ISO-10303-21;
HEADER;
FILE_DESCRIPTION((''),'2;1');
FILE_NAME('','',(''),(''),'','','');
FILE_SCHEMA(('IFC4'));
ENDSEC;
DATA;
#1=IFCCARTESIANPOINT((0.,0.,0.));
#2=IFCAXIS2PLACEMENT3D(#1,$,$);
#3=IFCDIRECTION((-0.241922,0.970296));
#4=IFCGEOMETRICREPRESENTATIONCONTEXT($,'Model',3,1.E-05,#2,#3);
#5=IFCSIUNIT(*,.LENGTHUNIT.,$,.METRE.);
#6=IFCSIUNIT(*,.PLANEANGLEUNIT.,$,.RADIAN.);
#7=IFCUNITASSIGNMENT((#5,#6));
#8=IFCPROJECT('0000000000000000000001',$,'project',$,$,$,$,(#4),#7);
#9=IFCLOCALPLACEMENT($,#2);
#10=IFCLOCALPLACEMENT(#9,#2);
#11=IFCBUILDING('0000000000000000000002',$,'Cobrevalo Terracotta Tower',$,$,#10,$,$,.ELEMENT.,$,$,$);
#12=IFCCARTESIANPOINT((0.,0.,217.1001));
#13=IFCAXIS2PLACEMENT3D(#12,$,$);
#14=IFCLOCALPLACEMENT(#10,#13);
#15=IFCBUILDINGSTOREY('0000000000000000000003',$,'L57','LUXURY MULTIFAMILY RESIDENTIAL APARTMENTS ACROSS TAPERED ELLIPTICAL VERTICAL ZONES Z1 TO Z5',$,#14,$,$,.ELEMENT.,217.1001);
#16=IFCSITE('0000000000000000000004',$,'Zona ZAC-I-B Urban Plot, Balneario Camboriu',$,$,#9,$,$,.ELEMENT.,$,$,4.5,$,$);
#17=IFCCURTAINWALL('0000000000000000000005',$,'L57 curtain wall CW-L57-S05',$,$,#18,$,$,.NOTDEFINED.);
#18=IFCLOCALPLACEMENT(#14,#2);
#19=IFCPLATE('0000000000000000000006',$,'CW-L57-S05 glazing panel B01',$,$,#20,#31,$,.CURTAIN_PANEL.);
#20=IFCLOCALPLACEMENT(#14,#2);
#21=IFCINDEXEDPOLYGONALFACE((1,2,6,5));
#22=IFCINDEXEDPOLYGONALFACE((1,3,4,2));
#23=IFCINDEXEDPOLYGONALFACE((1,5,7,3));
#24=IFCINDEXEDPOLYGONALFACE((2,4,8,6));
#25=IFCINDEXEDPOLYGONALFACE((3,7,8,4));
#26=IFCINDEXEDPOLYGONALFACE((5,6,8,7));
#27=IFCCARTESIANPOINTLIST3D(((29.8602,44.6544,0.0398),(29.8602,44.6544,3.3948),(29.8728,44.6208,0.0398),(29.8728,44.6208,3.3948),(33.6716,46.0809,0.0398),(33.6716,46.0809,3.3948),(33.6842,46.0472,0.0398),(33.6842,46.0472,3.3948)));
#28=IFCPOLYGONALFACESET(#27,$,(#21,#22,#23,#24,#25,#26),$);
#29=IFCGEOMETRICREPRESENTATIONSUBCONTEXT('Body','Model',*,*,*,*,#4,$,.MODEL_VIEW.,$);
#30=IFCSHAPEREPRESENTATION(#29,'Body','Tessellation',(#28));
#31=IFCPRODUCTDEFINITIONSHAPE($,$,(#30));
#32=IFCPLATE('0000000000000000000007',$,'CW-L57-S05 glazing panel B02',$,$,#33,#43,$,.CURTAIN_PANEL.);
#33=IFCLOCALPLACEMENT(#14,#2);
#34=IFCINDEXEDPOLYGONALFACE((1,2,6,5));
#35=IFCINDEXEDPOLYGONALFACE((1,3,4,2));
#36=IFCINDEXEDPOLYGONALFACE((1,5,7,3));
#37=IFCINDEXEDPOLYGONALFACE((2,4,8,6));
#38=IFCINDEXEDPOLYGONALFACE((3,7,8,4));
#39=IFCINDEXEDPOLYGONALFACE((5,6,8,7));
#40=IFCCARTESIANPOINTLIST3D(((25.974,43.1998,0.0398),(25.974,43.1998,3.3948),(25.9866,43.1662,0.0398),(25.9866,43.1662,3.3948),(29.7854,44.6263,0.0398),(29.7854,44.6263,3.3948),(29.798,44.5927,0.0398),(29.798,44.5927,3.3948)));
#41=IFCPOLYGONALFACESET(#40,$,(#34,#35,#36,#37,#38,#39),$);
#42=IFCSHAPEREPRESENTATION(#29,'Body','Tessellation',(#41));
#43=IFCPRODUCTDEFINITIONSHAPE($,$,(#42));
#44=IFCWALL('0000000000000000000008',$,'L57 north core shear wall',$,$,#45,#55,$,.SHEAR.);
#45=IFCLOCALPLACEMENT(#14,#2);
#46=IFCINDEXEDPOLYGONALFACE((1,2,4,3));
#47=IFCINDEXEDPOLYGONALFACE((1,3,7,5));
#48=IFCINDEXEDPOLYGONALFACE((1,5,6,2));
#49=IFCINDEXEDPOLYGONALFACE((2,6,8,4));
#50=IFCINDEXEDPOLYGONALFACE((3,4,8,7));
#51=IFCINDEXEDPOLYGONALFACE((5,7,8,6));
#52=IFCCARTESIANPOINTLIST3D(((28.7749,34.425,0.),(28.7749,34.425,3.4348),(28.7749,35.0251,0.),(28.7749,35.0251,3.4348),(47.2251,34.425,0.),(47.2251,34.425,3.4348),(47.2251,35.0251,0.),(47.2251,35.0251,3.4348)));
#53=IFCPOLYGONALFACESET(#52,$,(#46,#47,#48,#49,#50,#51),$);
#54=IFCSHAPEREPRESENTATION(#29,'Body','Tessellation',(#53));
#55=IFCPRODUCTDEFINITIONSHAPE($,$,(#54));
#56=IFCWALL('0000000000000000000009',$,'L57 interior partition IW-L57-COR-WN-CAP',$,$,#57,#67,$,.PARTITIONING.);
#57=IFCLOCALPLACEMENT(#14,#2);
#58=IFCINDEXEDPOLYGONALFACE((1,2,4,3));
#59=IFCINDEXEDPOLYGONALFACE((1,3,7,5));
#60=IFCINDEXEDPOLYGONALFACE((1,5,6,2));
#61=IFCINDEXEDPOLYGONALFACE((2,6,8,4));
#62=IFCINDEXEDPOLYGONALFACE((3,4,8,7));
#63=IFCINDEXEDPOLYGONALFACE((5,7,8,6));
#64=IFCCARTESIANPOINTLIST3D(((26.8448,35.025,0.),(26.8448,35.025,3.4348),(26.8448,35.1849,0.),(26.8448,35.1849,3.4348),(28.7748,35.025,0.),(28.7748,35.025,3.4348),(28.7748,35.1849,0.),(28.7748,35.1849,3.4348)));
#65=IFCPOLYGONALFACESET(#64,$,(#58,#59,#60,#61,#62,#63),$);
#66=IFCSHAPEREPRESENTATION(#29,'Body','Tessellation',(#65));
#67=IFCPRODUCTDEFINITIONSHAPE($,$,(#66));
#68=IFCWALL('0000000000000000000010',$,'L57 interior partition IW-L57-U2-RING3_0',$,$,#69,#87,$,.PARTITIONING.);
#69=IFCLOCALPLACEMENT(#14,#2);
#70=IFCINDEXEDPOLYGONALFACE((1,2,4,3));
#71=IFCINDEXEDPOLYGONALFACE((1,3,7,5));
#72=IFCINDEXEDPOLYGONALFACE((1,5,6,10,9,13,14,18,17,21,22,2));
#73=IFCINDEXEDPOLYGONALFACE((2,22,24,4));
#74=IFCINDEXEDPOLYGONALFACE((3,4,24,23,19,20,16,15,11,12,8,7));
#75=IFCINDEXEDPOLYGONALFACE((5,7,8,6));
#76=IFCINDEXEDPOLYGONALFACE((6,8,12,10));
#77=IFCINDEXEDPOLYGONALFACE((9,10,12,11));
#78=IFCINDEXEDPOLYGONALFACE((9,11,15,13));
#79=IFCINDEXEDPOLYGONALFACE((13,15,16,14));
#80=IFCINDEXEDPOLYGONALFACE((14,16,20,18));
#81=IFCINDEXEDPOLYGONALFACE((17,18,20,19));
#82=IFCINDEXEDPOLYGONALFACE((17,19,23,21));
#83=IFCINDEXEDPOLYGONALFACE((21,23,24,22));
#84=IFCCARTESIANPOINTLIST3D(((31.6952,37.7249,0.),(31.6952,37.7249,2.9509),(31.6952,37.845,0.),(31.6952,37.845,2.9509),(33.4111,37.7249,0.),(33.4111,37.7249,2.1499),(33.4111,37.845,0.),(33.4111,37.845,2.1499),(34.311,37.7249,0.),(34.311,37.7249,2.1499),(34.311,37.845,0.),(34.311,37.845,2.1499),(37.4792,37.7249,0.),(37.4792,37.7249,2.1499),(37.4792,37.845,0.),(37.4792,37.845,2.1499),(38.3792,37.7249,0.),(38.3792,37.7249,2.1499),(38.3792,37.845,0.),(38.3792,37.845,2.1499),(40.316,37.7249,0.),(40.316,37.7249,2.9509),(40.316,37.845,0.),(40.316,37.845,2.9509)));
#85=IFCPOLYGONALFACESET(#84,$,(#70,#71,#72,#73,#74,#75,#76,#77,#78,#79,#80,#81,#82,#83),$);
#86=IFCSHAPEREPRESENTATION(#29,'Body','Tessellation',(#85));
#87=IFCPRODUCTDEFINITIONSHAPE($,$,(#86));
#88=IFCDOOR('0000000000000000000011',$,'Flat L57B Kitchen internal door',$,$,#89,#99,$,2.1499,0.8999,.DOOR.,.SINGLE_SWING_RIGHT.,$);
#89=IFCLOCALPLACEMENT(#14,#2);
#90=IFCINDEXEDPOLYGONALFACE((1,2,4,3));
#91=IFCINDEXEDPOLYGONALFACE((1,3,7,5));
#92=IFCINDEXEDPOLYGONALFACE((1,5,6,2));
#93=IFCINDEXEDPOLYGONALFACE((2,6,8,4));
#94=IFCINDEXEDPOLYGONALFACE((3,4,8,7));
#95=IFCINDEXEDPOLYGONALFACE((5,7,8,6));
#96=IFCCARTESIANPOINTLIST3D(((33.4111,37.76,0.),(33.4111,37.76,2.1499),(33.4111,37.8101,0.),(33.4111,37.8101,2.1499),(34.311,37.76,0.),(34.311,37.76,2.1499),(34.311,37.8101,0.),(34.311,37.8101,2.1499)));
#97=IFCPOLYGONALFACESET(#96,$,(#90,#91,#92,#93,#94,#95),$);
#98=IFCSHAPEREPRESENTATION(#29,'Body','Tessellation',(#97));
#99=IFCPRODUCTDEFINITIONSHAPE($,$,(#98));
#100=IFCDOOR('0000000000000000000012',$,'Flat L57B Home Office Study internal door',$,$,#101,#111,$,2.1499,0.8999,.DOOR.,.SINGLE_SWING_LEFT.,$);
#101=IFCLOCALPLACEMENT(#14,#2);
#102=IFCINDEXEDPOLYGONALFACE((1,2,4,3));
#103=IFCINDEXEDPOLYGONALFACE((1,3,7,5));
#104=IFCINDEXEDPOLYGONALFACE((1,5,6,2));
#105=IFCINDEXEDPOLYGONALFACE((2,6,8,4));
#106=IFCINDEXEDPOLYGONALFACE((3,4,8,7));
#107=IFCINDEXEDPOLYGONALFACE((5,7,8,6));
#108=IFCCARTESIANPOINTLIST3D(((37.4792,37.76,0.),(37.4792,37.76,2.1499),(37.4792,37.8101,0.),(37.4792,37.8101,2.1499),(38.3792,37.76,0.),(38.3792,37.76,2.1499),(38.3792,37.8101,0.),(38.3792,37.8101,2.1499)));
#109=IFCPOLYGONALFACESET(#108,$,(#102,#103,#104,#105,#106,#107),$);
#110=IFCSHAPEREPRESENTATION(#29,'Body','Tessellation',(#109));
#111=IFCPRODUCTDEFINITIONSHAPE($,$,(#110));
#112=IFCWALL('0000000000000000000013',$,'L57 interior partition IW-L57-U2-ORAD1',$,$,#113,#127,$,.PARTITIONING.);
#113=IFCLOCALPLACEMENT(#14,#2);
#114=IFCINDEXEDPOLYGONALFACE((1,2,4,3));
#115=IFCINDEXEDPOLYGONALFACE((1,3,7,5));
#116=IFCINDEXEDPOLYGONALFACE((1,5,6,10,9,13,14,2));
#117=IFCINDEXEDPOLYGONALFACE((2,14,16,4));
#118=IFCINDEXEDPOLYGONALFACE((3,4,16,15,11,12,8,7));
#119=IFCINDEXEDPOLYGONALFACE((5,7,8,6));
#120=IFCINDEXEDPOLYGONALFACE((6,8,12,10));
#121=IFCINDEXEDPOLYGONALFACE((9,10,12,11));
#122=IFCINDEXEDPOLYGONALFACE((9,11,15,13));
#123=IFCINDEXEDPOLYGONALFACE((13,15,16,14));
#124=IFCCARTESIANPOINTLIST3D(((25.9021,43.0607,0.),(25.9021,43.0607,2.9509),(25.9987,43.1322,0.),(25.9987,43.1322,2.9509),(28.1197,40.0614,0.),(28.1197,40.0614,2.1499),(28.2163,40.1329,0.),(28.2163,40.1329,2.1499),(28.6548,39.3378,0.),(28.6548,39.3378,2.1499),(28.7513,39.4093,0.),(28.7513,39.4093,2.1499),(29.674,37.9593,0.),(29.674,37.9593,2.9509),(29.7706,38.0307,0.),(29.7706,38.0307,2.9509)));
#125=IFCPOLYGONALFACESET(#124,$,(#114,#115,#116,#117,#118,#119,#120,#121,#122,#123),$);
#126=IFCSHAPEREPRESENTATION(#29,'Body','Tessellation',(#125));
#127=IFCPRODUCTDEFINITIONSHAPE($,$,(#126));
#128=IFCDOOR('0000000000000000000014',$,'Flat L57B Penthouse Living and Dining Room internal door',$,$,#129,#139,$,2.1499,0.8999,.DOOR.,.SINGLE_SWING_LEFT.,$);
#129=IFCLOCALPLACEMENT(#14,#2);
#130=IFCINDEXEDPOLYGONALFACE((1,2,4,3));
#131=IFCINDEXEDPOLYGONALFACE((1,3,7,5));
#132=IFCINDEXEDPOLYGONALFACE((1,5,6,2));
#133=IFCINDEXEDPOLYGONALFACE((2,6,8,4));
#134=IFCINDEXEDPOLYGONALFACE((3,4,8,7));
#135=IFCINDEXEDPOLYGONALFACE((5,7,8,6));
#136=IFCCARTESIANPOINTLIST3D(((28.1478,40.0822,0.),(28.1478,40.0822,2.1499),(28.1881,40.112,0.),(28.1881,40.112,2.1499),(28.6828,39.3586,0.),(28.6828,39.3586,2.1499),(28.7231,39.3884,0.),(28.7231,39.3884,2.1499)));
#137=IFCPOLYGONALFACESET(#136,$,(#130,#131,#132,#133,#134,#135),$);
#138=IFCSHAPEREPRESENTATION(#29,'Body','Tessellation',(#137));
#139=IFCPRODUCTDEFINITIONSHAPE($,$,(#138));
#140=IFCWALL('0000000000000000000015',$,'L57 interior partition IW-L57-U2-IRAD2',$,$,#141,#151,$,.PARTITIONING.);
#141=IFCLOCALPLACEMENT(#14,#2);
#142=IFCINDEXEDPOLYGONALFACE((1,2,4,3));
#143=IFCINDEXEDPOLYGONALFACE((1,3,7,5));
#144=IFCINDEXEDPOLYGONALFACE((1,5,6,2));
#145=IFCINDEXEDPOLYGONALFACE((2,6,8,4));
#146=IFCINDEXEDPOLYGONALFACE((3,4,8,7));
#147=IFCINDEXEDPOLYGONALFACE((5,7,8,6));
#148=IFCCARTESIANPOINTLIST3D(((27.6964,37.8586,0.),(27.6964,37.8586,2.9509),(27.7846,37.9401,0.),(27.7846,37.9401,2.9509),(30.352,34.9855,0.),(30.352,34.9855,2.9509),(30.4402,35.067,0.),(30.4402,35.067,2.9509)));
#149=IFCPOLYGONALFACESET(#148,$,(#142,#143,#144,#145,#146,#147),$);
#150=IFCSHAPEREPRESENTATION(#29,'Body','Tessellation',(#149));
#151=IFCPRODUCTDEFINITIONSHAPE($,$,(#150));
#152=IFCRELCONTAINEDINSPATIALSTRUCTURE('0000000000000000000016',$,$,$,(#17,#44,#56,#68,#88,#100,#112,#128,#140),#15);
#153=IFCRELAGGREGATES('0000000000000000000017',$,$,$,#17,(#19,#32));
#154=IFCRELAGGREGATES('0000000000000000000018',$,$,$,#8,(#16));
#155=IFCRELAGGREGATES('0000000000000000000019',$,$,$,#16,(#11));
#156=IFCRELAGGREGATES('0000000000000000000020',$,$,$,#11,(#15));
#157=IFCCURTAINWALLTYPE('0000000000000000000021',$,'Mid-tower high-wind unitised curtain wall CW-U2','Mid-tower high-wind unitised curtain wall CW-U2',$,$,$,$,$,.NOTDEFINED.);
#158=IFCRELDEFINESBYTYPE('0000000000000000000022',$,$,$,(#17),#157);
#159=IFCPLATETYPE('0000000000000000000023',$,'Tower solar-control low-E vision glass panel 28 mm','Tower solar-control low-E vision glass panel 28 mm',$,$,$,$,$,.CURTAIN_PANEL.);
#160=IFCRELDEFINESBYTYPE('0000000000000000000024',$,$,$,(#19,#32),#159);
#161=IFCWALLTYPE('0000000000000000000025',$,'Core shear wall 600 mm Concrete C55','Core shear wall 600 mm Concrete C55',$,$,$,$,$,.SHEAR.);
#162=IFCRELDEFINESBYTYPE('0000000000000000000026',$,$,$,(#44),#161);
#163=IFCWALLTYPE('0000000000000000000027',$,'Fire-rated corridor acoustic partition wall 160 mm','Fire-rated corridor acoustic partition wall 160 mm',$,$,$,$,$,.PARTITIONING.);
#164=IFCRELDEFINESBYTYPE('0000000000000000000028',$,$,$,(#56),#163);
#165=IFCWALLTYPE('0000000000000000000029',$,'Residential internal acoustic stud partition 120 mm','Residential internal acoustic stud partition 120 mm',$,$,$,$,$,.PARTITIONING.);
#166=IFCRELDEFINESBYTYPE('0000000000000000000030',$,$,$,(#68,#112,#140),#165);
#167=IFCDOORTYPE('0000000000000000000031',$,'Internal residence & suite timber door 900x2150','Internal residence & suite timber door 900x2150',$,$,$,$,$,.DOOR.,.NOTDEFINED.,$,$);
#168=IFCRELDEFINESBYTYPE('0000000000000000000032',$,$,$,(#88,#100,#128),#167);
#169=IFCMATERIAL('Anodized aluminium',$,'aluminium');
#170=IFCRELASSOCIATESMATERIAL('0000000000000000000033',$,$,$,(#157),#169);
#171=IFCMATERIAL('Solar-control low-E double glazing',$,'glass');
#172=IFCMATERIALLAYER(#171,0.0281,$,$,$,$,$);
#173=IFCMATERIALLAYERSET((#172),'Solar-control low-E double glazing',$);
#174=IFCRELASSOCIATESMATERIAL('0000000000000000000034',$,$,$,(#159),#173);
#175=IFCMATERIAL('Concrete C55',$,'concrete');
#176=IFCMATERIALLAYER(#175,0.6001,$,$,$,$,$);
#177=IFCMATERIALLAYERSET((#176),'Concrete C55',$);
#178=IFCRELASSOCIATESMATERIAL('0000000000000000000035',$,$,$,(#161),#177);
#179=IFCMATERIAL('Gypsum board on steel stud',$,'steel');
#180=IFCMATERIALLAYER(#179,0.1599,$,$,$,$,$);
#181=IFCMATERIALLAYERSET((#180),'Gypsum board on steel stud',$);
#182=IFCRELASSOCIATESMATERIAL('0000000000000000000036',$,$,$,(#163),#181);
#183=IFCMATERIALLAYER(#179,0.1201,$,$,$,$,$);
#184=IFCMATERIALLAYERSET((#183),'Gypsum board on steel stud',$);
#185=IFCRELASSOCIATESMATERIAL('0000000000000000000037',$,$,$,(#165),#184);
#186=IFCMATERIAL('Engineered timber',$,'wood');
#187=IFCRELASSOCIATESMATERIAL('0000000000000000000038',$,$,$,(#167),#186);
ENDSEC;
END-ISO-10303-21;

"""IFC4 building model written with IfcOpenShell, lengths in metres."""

from ifc_helpers import new_model, si_unit, direction, frame, frame_2d, origin, origin_2d, place, context, subcontext, project, spatial, rectangle, extrude, source, transform, mapped, material, layer, layer_set, type_object, element, fill, aggregate, save


model = new_model("IFC4")

# Units and contexts
model_context = context("Model", 3, precision=1e-05, world=origin(), true_north=direction((-0.241922, 0.970296)))
body_context = subcontext(model_context, "Body", "Model", "MODEL_VIEW")
ifc_project = project(units=[si_unit("LENGTHUNIT", "METRE"), si_unit("PLANEANGLEUNIT", "RADIAN")], contexts=[model_context])

# Site, building, storey
site_placement = place(None, origin())
site = spatial("IfcSite", under=ifc_project, at=site_placement, Name="Zona ZAC-I-B Urban Plot, Balneario Camboriu", CompositionType="ELEMENT", RefElevation=4.5)
building_placement = place(site_placement, origin())
building = spatial("IfcBuilding", under=site, at=building_placement, Name="Cobrevalo Terracotta Tower", CompositionType="ELEMENT")
storey_placement = place(building_placement, frame((0.0, 0.0, 217.1001)))
storey = spatial("IfcBuildingStorey", under=building, at=storey_placement, Name="L57", Description="LUXURY MULTIFAMILY RESIDENTIAL APARTMENTS ACROSS TAPERED ELLIPTICAL VERTICAL ZONES Z1 TO Z5", CompositionType="ELEMENT", Elevation=217.1001)

# Curtain wall, plates
ifc_material_1 = material(Name="Anodized aluminium", Category="aluminium")
curtain_wall_type = type_object("IfcCurtainWallType", Name="Mid-tower high-wind unitised curtain wall CW-U2", Description="Mid-tower high-wind unitised curtain wall CW-U2", PredefinedType="NOTDEFINED", material=ifc_material_1)
curtain_wall_placement = place(storey_placement, origin())
curtain_wall = element("IfcCurtainWall", 1, at=curtain_wall_placement, inside=storey, type_object=curtain_wall_type, Name="L57 curtain wall CW-L57-S05", PredefinedType="NOTDEFINED")
ifc_material_2 = material(Name="Solar-control low-E double glazing", Category="glass")
ifc_layer_1 = layer(ifc_material_2, 0.0281)
ifc_layer_set_1 = layer_set([ifc_layer_1], Name="Solar-control low-E double glazing")
plate_type = type_object("IfcPlateType", Name="Tower solar-control low-E vision glass panel 28 mm", Description="Tower solar-control low-E vision glass panel 28 mm", PredefinedType="CURTAIN_PANEL", material=ifc_layer_set_1)
shared_shape_1 = source(origin(), body_context, "Body", "SweptSolid", [
    extrude(rectangle(XDim=4.0696, YDim=0.0359, at=origin_2d()), origin(), (0.0, 0.0, 1.0), 3.355),
])
plate_1_placement = place(storey_placement, frame((31.7722, 45.3508, 0.0398), z_axis=(0.0, 0.0, 1.0), x_axis=(-0.936558, -0.350513, 0.0)))
plate_1 = element("IfcPlate", 2, at=plate_1_placement, type_object=plate_type, Name="CW-L57-S05 glazing panel B01", PredefinedType="CURTAIN_PANEL", context=body_context, shape_type="MappedRepresentation", body=[
    mapped(shared_shape_1, transform((0.0, 0.0, 0.0), scale=1.0)),
])
plate_2_placement = place(storey_placement, frame((27.886, 43.8962, 0.0398), z_axis=(0.0, 0.0, 1.0), x_axis=(-0.936558, -0.350513, 0.0)))
plate_2 = element("IfcPlate", 3, at=plate_2_placement, type_object=plate_type, Name="CW-L57-S05 glazing panel B02", PredefinedType="CURTAIN_PANEL", context=body_context, shape_type="MappedRepresentation", body=[
    mapped(shared_shape_1, transform((0.0, 0.0, 0.0), scale=1.0)),
])
aggregate(curtain_wall, [plate_1, plate_2])

# Walls
ifc_material_3 = material(Name="Concrete C55", Category="concrete")
ifc_layer_2 = layer(ifc_material_3, 0.6001)
ifc_layer_set_2 = layer_set([ifc_layer_2], Name="Concrete C55")
wall_type_1 = type_object("IfcWallType", Name="Core shear wall 600 mm Concrete C55", Description="Core shear wall 600 mm Concrete C55", PredefinedType="SHEAR", material=ifc_layer_set_2)
wall_1_placement = place(storey_placement, frame((28.7749, 34.7251, 0.0), z_axis=(0.0, 0.0, 1.0), x_axis=(1.0, 0.0, 0.0)))
element("IfcWall", 4, at=wall_1_placement, inside=storey, type_object=wall_type_1, Name="L57 north core shear wall", PredefinedType="SHEAR", context=body_context, shape_type="SweptSolid", body=[
    extrude(rectangle(XDim=18.4502, YDim=0.6001, at=frame_2d((9.2251, 0.0))), origin(), (0.0, 0.0, 1.0), 3.4348),
])
ifc_material_4 = material(Name="Gypsum board on steel stud", Category="steel")
ifc_layer_3 = layer(ifc_material_4, 0.1599)
ifc_layer_set_3 = layer_set([ifc_layer_3], Name="Gypsum board on steel stud")
wall_type_2 = type_object("IfcWallType", Name="Fire-rated corridor acoustic partition wall 160 mm", Description="Fire-rated corridor acoustic partition wall 160 mm", PredefinedType="PARTITIONING", material=ifc_layer_set_3)
wall_2_placement = place(storey_placement, frame((26.845, 35.105, 0.0), z_axis=(0.0, 0.0, 1.0), x_axis=(1.0, 0.0, 0.0)))
element("IfcWall", 5, at=wall_2_placement, inside=storey, type_object=wall_type_2, Name="L57 interior partition IW-L57-COR-WN-CAP", PredefinedType="PARTITIONING", context=body_context, shape_type="SweptSolid", body=[
    extrude(rectangle(XDim=1.9299, YDim=0.1599, at=frame_2d((0.9648, 0.0))), origin(), (0.0, 0.0, 1.0), 3.4348),
])

# Wall, openings, doors
ifc_layer_4 = layer(ifc_material_4, 0.1201)
ifc_layer_set_4 = layer_set([ifc_layer_4], Name="Gypsum board on steel stud")
wall_type_3 = type_object("IfcWallType", Name="Residential internal acoustic stud partition 120 mm", Description="Residential internal acoustic stud partition 120 mm", PredefinedType="PARTITIONING", material=ifc_layer_set_4)
wall_3_placement = place(storey_placement, frame((31.6951, 37.7849, 0.0), z_axis=(0.0, 0.0, 1.0), x_axis=(1.0, 0.0, 0.0)))
wall_3 = element("IfcWall", 6, at=wall_3_placement, inside=storey, type_object=wall_type_3, Name="L57 interior partition IW-L57-U2-RING3_0", PredefinedType="PARTITIONING", context=body_context, shape_type="SweptSolid", body=[
    extrude(rectangle(XDim=8.6208, YDim=0.1201, at=frame_2d((4.3105, 0.0))), origin(), (0.0, 0.0, 1.0), 2.9509),
])
opening_1_placement = place(wall_3_placement, frame((1.7161, 0.0, 0.0)))
opening_1 = element("IfcOpeningElement", 7, at=opening_1_placement, cuts=wall_3, PredefinedType="OPENING", context=body_context, shape_type="SweptSolid", body=[
    extrude(rectangle(XDim=0.8999, YDim=2.1499, at=frame_2d((0.45, 1.075))), frame((0.0, 0.0701, 0.0), z_axis=(0.0, -1.0, 0.0), x_axis=(1.0, 0.0, 0.0)), (0.0, 0.0, 1.0), 0.1401),
])
opening_2_placement = place(wall_3_placement, frame((5.7842, 0.0, 0.0)))
opening_2 = element("IfcOpeningElement", 8, at=opening_2_placement, cuts=wall_3, PredefinedType="OPENING", context=body_context, shape_type="SweptSolid", body=[
    extrude(rectangle(XDim=0.8999, YDim=2.1499, at=frame_2d((0.45, 1.075))), frame((0.0, 0.0701, 0.0), z_axis=(0.0, -1.0, 0.0), x_axis=(1.0, 0.0, 0.0)), (0.0, 0.0, 1.0), 0.1401),
])
ifc_material_5 = material(Name="Engineered timber", Category="wood")
door_type_1 = type_object("IfcDoorType", Name="Internal residence & suite timber door 900x2150", Description="Internal residence & suite timber door 900x2150", OperationType="NOTDEFINED", PredefinedType="DOOR", material=ifc_material_5)
shared_shape_2 = source(origin(), body_context, "Body", "SweptSolid", [
    extrude(rectangle(XDim=0.8999, YDim=2.1499, at=frame_2d((0.45, 1.075))), frame((0.0, 0.0249, 0.0), z_axis=(0.0, -1.0, 0.0), x_axis=(1.0, 0.0, 0.0)), (0.0, 0.0, 1.0), 0.05),
])
door_1_placement = place(opening_1_placement, frame((0.8999, 0.0, 0.0), z_axis=(0.0, 0.0, 1.0), x_axis=(-1.0, 0.0, 0.0)))
door_1 = element("IfcDoor", 9, at=door_1_placement, inside=storey, type_object=door_type_1, Name="Flat L57B Kitchen internal door", OperationType="SINGLE_SWING_RIGHT", OverallHeight=2.1499, OverallWidth=0.8999, PredefinedType="DOOR", context=body_context, shape_type="MappedRepresentation", body=[
    mapped(shared_shape_2, transform((0.0, 0.0, 0.0), scale=1.0)),
])
fill(opening_1, door_1)
door_2_placement = place(opening_2_placement, frame((0.8999, 0.0, 0.0), z_axis=(0.0, 0.0, 1.0), x_axis=(-1.0, 0.0, 0.0)))
door_2 = element("IfcDoor", 10, at=door_2_placement, inside=storey, type_object=door_type_1, Name="Flat L57B Home Office Study internal door", OperationType="SINGLE_SWING_LEFT", OverallHeight=2.1499, OverallWidth=0.8999, PredefinedType="DOOR", context=body_context, shape_type="MappedRepresentation", body=[
    mapped(shared_shape_2, transform((0.0, 0.0, 0.0), scale=1.0)),
])
fill(opening_2, door_2)

# Wall, opening, door
wall_4_placement = place(storey_placement, frame((29.7224, 37.9949, 0.0), z_axis=(0.0, 0.0, 1.0), x_axis=(-0.594519, 0.804082, 0.0)))
wall_4 = element("IfcWall", 11, at=wall_4_placement, inside=storey, type_object=wall_type_3, Name="L57 interior partition IW-L57-U2-ORAD1", PredefinedType="PARTITIONING", context=body_context, shape_type="SweptSolid", body=[
    extrude(rectangle(XDim=6.3445, YDim=0.1201, at=frame_2d((3.1724, 0.0))), origin(), (0.0, 0.0, 1.0), 2.9509),
])
opening_3_placement = place(wall_4_placement, frame((1.7146, 0.0, 0.0)))
opening_3 = element("IfcOpeningElement", 12, at=opening_3_placement, cuts=wall_4, PredefinedType="OPENING", context=body_context, shape_type="SweptSolid", body=[
    extrude(rectangle(XDim=0.8999, YDim=2.1499, at=frame_2d((0.45, 1.075))), frame((0.0, 0.0701, 0.0), z_axis=(0.0, -1.0, 0.0), x_axis=(1.0, 0.0, 0.0)), (0.0, 0.0, 1.0), 0.1401),
])
door_3_placement = place(opening_3_placement, frame((0.8999, 0.0, 0.0), z_axis=(0.0, 0.0, 1.0), x_axis=(-1.0, 0.0, 0.0)))
door_3 = element("IfcDoor", 13, at=door_3_placement, inside=storey, type_object=door_type_1, Name="Flat L57B Penthouse Living and Dining Room internal door", OperationType="SINGLE_SWING_LEFT", OverallHeight=2.1499, OverallWidth=0.8999, PredefinedType="DOOR", context=body_context, shape_type="MappedRepresentation", body=[
    mapped(shared_shape_2, transform((0.0, 0.0, 0.0), scale=1.0)),
])
fill(opening_3, door_3)

# Wall
wall_5_placement = place(storey_placement, frame((30.396, 35.0264, 0.0), z_axis=(0.0, 0.0, 1.0), x_axis=(-0.678759, 0.734361, 0.0)))
element("IfcWall", 14, at=wall_5_placement, inside=storey, type_object=wall_type_3, Name="L57 interior partition IW-L57-U2-IRAD2", PredefinedType="PARTITIONING", context=body_context, shape_type="SweptSolid", body=[
    extrude(rectangle(XDim=3.9124, YDim=0.1201, at=frame_2d((1.9561, 0.0))), origin(), (0.0, 0.0, 1.0), 2.9509),
])

save(model, "model.ifc")
